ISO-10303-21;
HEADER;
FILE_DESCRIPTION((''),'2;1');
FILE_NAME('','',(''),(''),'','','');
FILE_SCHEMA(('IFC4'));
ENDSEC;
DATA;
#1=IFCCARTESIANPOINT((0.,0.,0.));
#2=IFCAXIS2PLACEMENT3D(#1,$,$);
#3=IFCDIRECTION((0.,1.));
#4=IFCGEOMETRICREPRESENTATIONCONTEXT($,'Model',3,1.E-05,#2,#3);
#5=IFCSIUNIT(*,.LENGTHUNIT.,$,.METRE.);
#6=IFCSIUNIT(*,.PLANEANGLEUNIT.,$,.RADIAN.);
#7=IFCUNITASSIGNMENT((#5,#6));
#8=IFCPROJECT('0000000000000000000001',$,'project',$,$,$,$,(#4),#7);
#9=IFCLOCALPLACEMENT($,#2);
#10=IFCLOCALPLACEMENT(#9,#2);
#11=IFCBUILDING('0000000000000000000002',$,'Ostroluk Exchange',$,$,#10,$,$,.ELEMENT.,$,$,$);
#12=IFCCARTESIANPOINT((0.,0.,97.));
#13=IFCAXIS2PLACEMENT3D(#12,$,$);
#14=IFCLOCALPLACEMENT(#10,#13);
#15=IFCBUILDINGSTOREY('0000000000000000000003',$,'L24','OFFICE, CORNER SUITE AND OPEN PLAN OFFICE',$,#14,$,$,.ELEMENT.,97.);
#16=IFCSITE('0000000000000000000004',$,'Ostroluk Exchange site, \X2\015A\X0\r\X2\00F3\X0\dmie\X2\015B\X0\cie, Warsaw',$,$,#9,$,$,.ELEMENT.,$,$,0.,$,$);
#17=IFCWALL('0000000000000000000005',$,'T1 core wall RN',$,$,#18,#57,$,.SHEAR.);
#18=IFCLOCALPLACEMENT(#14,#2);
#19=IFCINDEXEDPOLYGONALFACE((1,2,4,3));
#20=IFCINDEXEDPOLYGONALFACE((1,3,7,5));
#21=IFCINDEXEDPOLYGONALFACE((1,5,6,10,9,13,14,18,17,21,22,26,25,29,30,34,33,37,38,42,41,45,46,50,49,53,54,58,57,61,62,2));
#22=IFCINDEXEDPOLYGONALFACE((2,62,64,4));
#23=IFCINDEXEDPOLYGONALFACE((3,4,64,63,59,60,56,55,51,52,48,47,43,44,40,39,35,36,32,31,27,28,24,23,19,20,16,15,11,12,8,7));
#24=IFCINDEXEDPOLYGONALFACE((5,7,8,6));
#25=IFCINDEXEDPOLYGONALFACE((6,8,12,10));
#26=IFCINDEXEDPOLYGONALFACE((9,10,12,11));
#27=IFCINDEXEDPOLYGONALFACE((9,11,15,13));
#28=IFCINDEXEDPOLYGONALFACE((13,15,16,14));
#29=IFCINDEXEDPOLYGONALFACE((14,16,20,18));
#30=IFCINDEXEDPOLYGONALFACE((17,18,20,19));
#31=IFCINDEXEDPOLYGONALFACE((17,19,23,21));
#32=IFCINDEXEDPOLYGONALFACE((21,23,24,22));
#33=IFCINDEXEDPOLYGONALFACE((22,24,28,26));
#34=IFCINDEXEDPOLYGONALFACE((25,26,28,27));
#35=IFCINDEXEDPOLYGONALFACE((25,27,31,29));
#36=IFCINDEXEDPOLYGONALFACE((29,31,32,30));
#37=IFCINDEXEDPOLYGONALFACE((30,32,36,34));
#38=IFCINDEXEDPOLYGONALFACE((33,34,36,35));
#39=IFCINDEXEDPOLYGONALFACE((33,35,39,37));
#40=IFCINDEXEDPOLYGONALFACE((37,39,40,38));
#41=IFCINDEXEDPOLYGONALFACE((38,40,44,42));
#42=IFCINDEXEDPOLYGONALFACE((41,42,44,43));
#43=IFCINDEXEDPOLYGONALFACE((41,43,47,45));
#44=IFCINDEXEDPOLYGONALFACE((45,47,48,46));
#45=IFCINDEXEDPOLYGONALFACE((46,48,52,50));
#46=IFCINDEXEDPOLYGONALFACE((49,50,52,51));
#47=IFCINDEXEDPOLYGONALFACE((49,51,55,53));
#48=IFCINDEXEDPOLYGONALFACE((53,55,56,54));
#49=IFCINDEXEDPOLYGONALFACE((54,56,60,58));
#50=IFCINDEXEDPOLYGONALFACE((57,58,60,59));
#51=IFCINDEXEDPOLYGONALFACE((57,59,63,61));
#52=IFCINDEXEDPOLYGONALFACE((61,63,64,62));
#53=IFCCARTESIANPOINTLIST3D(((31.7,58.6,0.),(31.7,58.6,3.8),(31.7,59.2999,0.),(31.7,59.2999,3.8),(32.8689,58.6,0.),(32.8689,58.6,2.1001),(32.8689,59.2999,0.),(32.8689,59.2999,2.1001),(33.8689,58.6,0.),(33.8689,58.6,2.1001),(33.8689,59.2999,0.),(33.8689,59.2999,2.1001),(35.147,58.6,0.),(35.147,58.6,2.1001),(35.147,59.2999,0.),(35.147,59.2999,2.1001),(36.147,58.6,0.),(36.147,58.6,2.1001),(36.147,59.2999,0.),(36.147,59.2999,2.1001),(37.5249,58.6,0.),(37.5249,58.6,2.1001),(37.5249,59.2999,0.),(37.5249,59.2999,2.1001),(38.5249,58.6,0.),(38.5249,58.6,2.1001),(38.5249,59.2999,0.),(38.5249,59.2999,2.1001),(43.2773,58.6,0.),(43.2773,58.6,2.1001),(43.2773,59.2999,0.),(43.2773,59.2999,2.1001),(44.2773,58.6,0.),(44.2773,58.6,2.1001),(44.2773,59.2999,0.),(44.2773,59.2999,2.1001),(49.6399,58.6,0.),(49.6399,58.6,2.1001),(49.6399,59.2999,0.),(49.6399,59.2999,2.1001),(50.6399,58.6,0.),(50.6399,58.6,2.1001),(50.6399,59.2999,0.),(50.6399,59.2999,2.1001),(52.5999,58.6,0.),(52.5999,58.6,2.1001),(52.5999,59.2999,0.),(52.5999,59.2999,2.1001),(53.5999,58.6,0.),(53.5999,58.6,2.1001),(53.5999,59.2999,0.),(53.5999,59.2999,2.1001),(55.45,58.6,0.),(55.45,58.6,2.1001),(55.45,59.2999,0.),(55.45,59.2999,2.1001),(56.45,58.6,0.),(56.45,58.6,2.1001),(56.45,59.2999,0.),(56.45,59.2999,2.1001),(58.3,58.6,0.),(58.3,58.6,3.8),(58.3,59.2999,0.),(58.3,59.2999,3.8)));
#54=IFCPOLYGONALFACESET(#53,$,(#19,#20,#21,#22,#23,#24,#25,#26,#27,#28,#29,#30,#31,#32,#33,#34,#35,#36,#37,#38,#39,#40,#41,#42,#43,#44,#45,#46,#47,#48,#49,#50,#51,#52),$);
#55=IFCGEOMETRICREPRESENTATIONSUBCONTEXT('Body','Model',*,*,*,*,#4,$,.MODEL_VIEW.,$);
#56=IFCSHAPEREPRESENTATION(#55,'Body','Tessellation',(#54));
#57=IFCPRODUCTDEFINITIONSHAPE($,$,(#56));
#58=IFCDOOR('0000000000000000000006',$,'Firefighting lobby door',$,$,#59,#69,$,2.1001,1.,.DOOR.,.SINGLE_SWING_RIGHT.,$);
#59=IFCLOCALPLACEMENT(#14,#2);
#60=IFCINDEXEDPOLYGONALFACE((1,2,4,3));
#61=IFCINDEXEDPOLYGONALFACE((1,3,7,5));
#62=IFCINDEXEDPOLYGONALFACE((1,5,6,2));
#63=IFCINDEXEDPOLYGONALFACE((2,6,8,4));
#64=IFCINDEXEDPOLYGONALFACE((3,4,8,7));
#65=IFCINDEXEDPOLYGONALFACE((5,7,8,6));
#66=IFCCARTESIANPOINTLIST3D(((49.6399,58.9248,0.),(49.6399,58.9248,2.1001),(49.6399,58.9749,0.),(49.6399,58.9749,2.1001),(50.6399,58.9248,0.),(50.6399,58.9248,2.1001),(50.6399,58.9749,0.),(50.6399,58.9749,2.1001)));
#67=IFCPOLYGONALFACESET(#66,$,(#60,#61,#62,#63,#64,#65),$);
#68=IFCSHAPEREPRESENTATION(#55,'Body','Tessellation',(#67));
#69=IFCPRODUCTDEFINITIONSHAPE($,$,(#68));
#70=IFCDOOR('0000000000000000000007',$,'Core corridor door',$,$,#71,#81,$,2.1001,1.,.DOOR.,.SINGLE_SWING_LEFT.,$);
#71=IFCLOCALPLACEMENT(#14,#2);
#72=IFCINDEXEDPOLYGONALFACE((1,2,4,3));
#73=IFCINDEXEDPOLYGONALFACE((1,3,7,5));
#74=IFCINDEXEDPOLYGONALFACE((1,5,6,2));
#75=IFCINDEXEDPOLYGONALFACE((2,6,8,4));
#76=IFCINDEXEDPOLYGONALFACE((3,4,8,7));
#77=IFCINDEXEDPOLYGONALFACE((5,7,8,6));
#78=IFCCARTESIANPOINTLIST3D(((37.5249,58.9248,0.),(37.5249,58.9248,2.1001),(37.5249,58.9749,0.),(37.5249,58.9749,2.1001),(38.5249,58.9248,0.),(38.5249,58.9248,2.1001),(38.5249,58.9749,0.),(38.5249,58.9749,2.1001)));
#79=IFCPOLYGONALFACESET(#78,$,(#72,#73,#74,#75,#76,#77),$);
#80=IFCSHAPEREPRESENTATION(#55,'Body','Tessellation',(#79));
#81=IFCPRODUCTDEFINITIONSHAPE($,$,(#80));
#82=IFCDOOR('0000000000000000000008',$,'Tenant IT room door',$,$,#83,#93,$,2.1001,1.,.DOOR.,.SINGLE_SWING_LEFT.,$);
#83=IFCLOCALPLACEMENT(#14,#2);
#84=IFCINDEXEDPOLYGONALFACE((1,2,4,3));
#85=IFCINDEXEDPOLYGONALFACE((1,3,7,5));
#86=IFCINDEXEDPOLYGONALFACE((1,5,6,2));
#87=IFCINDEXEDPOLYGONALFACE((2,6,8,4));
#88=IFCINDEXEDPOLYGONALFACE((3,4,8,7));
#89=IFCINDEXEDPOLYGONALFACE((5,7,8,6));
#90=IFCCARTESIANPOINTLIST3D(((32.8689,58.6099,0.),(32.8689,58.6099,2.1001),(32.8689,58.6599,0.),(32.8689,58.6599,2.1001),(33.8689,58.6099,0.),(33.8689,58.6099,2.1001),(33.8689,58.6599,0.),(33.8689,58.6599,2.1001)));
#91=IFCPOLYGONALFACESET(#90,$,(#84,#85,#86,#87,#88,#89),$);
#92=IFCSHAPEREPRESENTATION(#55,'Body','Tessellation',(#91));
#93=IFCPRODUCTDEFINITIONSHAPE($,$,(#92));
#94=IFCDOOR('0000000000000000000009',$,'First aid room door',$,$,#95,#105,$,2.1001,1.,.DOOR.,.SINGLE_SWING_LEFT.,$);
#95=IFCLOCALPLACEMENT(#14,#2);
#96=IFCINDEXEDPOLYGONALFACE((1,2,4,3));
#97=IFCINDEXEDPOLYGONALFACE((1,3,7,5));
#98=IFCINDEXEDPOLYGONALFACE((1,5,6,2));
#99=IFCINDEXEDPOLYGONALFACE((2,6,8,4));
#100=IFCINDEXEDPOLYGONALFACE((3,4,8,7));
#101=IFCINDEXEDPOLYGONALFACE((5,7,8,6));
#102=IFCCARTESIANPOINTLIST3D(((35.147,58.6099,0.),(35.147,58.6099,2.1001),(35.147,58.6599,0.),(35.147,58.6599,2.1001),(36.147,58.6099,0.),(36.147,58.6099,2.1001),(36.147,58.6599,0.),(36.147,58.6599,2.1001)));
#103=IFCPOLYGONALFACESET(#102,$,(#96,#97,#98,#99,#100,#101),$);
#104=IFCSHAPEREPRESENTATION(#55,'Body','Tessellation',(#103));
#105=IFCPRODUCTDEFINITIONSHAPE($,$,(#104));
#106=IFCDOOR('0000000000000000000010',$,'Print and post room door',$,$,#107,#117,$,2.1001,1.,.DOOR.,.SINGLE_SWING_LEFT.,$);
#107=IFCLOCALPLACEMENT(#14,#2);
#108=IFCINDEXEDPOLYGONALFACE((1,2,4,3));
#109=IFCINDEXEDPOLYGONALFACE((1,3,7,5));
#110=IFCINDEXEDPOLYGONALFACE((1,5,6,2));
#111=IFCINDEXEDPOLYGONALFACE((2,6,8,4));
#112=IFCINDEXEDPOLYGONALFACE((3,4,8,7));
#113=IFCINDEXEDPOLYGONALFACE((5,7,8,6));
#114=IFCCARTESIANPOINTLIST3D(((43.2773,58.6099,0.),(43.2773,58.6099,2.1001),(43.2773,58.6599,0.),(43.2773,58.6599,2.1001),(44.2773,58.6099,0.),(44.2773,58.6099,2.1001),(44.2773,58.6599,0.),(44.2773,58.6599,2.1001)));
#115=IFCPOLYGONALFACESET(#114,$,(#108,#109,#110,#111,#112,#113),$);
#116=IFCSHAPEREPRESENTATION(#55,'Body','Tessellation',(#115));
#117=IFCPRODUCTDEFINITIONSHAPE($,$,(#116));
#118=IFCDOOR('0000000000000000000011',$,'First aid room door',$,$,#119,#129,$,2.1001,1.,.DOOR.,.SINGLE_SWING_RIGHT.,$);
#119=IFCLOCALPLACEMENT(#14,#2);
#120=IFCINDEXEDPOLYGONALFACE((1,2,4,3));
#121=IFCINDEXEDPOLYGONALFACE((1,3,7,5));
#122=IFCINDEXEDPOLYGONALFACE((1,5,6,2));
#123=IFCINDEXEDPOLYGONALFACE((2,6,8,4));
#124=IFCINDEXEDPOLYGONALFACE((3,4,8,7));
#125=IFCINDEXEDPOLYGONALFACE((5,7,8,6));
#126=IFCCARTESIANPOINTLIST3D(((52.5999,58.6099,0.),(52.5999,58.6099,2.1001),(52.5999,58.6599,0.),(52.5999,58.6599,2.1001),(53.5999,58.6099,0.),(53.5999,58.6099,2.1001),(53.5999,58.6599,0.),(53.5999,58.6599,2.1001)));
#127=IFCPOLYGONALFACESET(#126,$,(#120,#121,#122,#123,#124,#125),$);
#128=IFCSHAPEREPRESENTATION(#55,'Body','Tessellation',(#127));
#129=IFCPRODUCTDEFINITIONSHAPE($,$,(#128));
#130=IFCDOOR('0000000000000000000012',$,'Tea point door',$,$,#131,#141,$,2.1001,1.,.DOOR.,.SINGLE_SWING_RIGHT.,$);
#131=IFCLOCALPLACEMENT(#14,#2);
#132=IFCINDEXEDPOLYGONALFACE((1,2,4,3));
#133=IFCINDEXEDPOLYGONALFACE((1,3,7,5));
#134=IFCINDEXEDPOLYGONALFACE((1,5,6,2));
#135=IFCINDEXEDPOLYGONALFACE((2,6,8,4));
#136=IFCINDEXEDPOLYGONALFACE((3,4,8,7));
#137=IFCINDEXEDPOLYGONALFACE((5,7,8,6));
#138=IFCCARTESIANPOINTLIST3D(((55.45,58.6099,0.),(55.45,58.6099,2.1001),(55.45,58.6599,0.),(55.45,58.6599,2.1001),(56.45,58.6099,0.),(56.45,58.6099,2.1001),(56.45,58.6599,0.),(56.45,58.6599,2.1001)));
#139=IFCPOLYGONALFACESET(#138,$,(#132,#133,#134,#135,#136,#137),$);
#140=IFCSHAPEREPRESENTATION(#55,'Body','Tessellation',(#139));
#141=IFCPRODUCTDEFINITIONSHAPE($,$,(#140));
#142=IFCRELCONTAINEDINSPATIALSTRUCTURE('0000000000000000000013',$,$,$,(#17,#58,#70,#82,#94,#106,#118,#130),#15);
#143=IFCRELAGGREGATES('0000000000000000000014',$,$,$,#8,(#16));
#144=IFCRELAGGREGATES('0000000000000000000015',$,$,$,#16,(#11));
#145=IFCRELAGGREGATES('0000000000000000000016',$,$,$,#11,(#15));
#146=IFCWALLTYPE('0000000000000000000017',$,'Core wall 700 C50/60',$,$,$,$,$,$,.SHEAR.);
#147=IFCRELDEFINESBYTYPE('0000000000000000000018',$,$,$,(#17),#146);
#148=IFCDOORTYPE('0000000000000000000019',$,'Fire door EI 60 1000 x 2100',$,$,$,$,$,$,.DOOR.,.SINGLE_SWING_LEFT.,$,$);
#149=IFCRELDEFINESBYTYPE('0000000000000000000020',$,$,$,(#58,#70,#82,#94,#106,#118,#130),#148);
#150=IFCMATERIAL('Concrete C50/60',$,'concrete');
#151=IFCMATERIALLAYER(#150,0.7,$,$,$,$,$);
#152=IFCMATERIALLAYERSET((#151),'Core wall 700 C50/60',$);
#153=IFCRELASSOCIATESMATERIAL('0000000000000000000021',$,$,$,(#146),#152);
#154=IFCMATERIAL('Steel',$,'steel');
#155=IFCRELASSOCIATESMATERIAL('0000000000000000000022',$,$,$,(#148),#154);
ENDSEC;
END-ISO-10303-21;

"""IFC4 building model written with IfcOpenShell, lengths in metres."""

from ifc_helpers import new_model, si_unit, direction, frame, frame_2d, origin, place, context, subcontext, project, spatial, rectangle, extrude, material, layer, layer_set, type_object, element, fill, save


model = new_model("IFC4")

# Units and contexts
model_context = context("Model", 3, precision=1e-05, world=origin(), true_north=direction((0.0, 1.0)))
body_context = subcontext(model_context, "Body", "Model", "MODEL_VIEW")
ifc_project = project(units=[si_unit("LENGTHUNIT", "METRE"), si_unit("PLANEANGLEUNIT", "RADIAN")], contexts=[model_context])

# Site, building, storey
site_placement = place(None, origin())
site = spatial("IfcSite", under=ifc_project, at=site_placement, Name="Ostroluk Exchange site, Śródmieście, Warsaw", CompositionType="ELEMENT", RefElevation=0.0)
building_placement = place(site_placement, origin())
building = spatial("IfcBuilding", under=site, at=building_placement, Name="Ostroluk Exchange", CompositionType="ELEMENT")
storey_placement = place(building_placement, frame((0.0, 0.0, 97.0)))
storey = spatial("IfcBuildingStorey", under=building, at=storey_placement, Name="L24", Description="OFFICE, CORNER SUITE AND OPEN PLAN OFFICE", CompositionType="ELEMENT", Elevation=97.0)

# Wall, openings, doors
ifc_material_1 = material(Name="Concrete C50/60", Category="concrete")
ifc_layer_1 = layer(ifc_material_1, 0.7)
ifc_layer_set_1 = layer_set([ifc_layer_1], Name="Core wall 700 C50/60")
wall_type_1 = type_object("IfcWallType", Name="Core wall 700 C50/60", PredefinedType="SHEAR", material=ifc_layer_set_1)
wall_1_placement = place(storey_placement, frame((31.7, 58.95, 0.0), z_axis=(0.0, 0.0, 1.0), x_axis=(1.0, 0.0, 0.0)))
wall_1 = element("IfcWall", 1, at=wall_1_placement, inside=storey, type_object=wall_type_1, Name="T1 core wall RN", PredefinedType="SHEAR", context=body_context, shape_type="SweptSolid", body=[
    extrude(rectangle(XDim=26.6001, YDim=0.7, at=frame_2d((13.3, 0.0))), origin(), (0.0, 0.0, 1.0), 3.8),
])
opening_1_placement = place(wall_1_placement, frame((17.9399, 0.0, 0.0)))
opening_1 = element("IfcOpeningElement", 2, at=opening_1_placement, cuts=wall_1, PredefinedType="OPENING", context=body_context, shape_type="SweptSolid", body=[
    extrude(rectangle(XDim=1.0, YDim=2.1001, at=frame_2d((0.5, 1.05))), frame((0.0, 0.3599, 0.0), z_axis=(0.0, -1.0, 0.0), x_axis=(1.0, 0.0, 0.0)), (0.0, 0.0, 1.0), 0.72),
])
opening_2_placement = place(wall_1_placement, frame((5.825, 0.0, 0.0)))
opening_2 = element("IfcOpeningElement", 3, at=opening_2_placement, cuts=wall_1, PredefinedType="OPENING", context=body_context, shape_type="SweptSolid", body=[
    extrude(rectangle(XDim=1.0, YDim=2.1001, at=frame_2d((0.5, 1.05))), frame((0.0, 0.3599, 0.0), z_axis=(0.0, -1.0, 0.0), x_axis=(1.0, 0.0, 0.0)), (0.0, 0.0, 1.0), 0.72),
])
opening_3_placement = place(wall_1_placement, frame((1.1689, 0.0, 0.0)))
opening_3 = element("IfcOpeningElement", 4, at=opening_3_placement, cuts=wall_1, PredefinedType="OPENING", context=body_context, shape_type="SweptSolid", body=[
    extrude(rectangle(XDim=1.0, YDim=2.1001, at=frame_2d((0.5, 1.05))), frame((0.0, 0.3599, 0.0), z_axis=(0.0, -1.0, 0.0), x_axis=(1.0, 0.0, 0.0)), (0.0, 0.0, 1.0), 0.72),
])
opening_4_placement = place(wall_1_placement, frame((3.447, 0.0, 0.0)))
opening_4 = element("IfcOpeningElement", 5, at=opening_4_placement, cuts=wall_1, PredefinedType="OPENING", context=body_context, shape_type="SweptSolid", body=[
    extrude(rectangle(XDim=1.0, YDim=2.1001, at=frame_2d((0.5, 1.05))), frame((0.0, 0.3599, 0.0), z_axis=(0.0, -1.0, 0.0), x_axis=(1.0, 0.0, 0.0)), (0.0, 0.0, 1.0), 0.72),
])
opening_5_placement = place(wall_1_placement, frame((11.5774, 0.0, 0.0)))
opening_5 = element("IfcOpeningElement", 6, at=opening_5_placement, cuts=wall_1, PredefinedType="OPENING", context=body_context, shape_type="SweptSolid", body=[
    extrude(rectangle(XDim=1.0, YDim=2.1001, at=frame_2d((0.5, 1.05))), frame((0.0, 0.3599, 0.0), z_axis=(0.0, -1.0, 0.0), x_axis=(1.0, 0.0, 0.0)), (0.0, 0.0, 1.0), 0.72),
])
opening_6_placement = place(wall_1_placement, frame((20.8999, 0.0, 0.0)))
opening_6 = element("IfcOpeningElement", 7, at=opening_6_placement, cuts=wall_1, PredefinedType="OPENING", context=body_context, shape_type="SweptSolid", body=[
    extrude(rectangle(XDim=1.0, YDim=2.1001, at=frame_2d((0.5, 1.05))), frame((0.0, 0.3599, 0.0), z_axis=(0.0, -1.0, 0.0), x_axis=(1.0, 0.0, 0.0)), (0.0, 0.0, 1.0), 0.72),
])
opening_7_placement = place(wall_1_placement, frame((23.75, 0.0, 0.0)))
opening_7 = element("IfcOpeningElement", 8, at=opening_7_placement, cuts=wall_1, PredefinedType="OPENING", context=body_context, shape_type="SweptSolid", body=[
    extrude(rectangle(XDim=1.0, YDim=2.1001, at=frame_2d((0.5, 1.05))), frame((0.0, 0.3599, 0.0), z_axis=(0.0, -1.0, 0.0), x_axis=(1.0, 0.0, 0.0)), (0.0, 0.0, 1.0), 0.72),
])
ifc_material_2 = material(Name="Steel", Category="steel")
door_type_1 = type_object("IfcDoorType", Name="Fire door EI 60 1000 x 2100", OperationType="SINGLE_SWING_LEFT", PredefinedType="DOOR", material=ifc_material_2)
door_1_placement = place(opening_1_placement, origin())
door_1 = element("IfcDoor", 9, at=door_1_placement, inside=storey, type_object=door_type_1, Name="Firefighting lobby door", OperationType="SINGLE_SWING_RIGHT", OverallHeight=2.1001, OverallWidth=1.0, PredefinedType="DOOR", context=body_context, shape_type="SweptSolid", body=[
    extrude(rectangle(XDim=1.0, YDim=2.1001, at=frame_2d((0.5, 1.05))), frame((0.0, 0.0249, 0.0), z_axis=(0.0, -1.0, 0.0), x_axis=(1.0, 0.0, 0.0)), (0.0, 0.0, 1.0), 0.05),
])
fill(opening_1, door_1)
door_2_placement = place(opening_2_placement, origin())
door_2 = element("IfcDoor", 10, at=door_2_placement, inside=storey, type_object=door_type_1, Name="Core corridor door", OperationType="SINGLE_SWING_LEFT", OverallHeight=2.1001, OverallWidth=1.0, PredefinedType="DOOR", context=body_context, shape_type="SweptSolid", body=[
    extrude(rectangle(XDim=1.0, YDim=2.1001, at=frame_2d((0.5, 1.05))), frame((0.0, 0.0249, 0.0), z_axis=(0.0, -1.0, 0.0), x_axis=(1.0, 0.0, 0.0)), (0.0, 0.0, 1.0), 0.05),
])
fill(opening_2, door_2)
door_3_placement = place(opening_3_placement, origin())
door_3 = element("IfcDoor", 11, at=door_3_placement, inside=storey, type_object=door_type_1, Name="Tenant IT room door", OperationType="SINGLE_SWING_LEFT", OverallHeight=2.1001, OverallWidth=1.0, PredefinedType="DOOR", context=body_context, shape_type="SweptSolid", body=[
    extrude(rectangle(XDim=1.0, YDim=2.1001, at=frame_2d((0.5, 1.05))), frame((0.0, -0.29, 0.0), z_axis=(0.0, -1.0, 0.0), x_axis=(1.0, 0.0, 0.0)), (0.0, 0.0, 1.0), 0.05),
])
fill(opening_3, door_3)
door_4_placement = place(opening_4_placement, origin())
door_4 = element("IfcDoor", 12, at=door_4_placement, inside=storey, type_object=door_type_1, Name="First aid room door", OperationType="SINGLE_SWING_LEFT", OverallHeight=2.1001, OverallWidth=1.0, PredefinedType="DOOR", context=body_context, shape_type="SweptSolid", body=[
    extrude(rectangle(XDim=1.0, YDim=2.1001, at=frame_2d((0.5, 1.05))), frame((0.0, -0.29, 0.0), z_axis=(0.0, -1.0, 0.0), x_axis=(1.0, 0.0, 0.0)), (0.0, 0.0, 1.0), 0.05),
])
fill(opening_4, door_4)
door_5_placement = place(opening_5_placement, origin())
door_5 = element("IfcDoor", 13, at=door_5_placement, inside=storey, type_object=door_type_1, Name="Print and post room door", OperationType="SINGLE_SWING_LEFT", OverallHeight=2.1001, OverallWidth=1.0, PredefinedType="DOOR", context=body_context, shape_type="SweptSolid", body=[
    extrude(rectangle(XDim=1.0, YDim=2.1001, at=frame_2d((0.5, 1.05))), frame((0.0, -0.29, 0.0), z_axis=(0.0, -1.0, 0.0), x_axis=(1.0, 0.0, 0.0)), (0.0, 0.0, 1.0), 0.05),
])
fill(opening_5, door_5)
door_6_placement = place(opening_6_placement, origin())
door_6 = element("IfcDoor", 14, at=door_6_placement, inside=storey, type_object=door_type_1, Name="First aid room door", OperationType="SINGLE_SWING_RIGHT", OverallHeight=2.1001, OverallWidth=1.0, PredefinedType="DOOR", context=body_context, shape_type="SweptSolid", body=[
    extrude(rectangle(XDim=1.0, YDim=2.1001, at=frame_2d((0.5, 1.05))), frame((0.0, -0.29, 0.0), z_axis=(0.0, -1.0, 0.0), x_axis=(1.0, 0.0, 0.0)), (0.0, 0.0, 1.0), 0.05),
])
fill(opening_6, door_6)
door_7_placement = place(opening_7_placement, origin())
door_7 = element("IfcDoor", 15, at=door_7_placement, inside=storey, type_object=door_type_1, Name="Tea point door", OperationType="SINGLE_SWING_RIGHT", OverallHeight=2.1001, OverallWidth=1.0, PredefinedType="DOOR", context=body_context, shape_type="SweptSolid", body=[
    extrude(rectangle(XDim=1.0, YDim=2.1001, at=frame_2d((0.5, 1.05))), frame((0.0, -0.29, 0.0), z_axis=(0.0, -1.0, 0.0), x_axis=(1.0, 0.0, 0.0)), (0.0, 0.0, 1.0), 0.05),
])
fill(opening_7, door_7)

save(model, "model.ifc")
